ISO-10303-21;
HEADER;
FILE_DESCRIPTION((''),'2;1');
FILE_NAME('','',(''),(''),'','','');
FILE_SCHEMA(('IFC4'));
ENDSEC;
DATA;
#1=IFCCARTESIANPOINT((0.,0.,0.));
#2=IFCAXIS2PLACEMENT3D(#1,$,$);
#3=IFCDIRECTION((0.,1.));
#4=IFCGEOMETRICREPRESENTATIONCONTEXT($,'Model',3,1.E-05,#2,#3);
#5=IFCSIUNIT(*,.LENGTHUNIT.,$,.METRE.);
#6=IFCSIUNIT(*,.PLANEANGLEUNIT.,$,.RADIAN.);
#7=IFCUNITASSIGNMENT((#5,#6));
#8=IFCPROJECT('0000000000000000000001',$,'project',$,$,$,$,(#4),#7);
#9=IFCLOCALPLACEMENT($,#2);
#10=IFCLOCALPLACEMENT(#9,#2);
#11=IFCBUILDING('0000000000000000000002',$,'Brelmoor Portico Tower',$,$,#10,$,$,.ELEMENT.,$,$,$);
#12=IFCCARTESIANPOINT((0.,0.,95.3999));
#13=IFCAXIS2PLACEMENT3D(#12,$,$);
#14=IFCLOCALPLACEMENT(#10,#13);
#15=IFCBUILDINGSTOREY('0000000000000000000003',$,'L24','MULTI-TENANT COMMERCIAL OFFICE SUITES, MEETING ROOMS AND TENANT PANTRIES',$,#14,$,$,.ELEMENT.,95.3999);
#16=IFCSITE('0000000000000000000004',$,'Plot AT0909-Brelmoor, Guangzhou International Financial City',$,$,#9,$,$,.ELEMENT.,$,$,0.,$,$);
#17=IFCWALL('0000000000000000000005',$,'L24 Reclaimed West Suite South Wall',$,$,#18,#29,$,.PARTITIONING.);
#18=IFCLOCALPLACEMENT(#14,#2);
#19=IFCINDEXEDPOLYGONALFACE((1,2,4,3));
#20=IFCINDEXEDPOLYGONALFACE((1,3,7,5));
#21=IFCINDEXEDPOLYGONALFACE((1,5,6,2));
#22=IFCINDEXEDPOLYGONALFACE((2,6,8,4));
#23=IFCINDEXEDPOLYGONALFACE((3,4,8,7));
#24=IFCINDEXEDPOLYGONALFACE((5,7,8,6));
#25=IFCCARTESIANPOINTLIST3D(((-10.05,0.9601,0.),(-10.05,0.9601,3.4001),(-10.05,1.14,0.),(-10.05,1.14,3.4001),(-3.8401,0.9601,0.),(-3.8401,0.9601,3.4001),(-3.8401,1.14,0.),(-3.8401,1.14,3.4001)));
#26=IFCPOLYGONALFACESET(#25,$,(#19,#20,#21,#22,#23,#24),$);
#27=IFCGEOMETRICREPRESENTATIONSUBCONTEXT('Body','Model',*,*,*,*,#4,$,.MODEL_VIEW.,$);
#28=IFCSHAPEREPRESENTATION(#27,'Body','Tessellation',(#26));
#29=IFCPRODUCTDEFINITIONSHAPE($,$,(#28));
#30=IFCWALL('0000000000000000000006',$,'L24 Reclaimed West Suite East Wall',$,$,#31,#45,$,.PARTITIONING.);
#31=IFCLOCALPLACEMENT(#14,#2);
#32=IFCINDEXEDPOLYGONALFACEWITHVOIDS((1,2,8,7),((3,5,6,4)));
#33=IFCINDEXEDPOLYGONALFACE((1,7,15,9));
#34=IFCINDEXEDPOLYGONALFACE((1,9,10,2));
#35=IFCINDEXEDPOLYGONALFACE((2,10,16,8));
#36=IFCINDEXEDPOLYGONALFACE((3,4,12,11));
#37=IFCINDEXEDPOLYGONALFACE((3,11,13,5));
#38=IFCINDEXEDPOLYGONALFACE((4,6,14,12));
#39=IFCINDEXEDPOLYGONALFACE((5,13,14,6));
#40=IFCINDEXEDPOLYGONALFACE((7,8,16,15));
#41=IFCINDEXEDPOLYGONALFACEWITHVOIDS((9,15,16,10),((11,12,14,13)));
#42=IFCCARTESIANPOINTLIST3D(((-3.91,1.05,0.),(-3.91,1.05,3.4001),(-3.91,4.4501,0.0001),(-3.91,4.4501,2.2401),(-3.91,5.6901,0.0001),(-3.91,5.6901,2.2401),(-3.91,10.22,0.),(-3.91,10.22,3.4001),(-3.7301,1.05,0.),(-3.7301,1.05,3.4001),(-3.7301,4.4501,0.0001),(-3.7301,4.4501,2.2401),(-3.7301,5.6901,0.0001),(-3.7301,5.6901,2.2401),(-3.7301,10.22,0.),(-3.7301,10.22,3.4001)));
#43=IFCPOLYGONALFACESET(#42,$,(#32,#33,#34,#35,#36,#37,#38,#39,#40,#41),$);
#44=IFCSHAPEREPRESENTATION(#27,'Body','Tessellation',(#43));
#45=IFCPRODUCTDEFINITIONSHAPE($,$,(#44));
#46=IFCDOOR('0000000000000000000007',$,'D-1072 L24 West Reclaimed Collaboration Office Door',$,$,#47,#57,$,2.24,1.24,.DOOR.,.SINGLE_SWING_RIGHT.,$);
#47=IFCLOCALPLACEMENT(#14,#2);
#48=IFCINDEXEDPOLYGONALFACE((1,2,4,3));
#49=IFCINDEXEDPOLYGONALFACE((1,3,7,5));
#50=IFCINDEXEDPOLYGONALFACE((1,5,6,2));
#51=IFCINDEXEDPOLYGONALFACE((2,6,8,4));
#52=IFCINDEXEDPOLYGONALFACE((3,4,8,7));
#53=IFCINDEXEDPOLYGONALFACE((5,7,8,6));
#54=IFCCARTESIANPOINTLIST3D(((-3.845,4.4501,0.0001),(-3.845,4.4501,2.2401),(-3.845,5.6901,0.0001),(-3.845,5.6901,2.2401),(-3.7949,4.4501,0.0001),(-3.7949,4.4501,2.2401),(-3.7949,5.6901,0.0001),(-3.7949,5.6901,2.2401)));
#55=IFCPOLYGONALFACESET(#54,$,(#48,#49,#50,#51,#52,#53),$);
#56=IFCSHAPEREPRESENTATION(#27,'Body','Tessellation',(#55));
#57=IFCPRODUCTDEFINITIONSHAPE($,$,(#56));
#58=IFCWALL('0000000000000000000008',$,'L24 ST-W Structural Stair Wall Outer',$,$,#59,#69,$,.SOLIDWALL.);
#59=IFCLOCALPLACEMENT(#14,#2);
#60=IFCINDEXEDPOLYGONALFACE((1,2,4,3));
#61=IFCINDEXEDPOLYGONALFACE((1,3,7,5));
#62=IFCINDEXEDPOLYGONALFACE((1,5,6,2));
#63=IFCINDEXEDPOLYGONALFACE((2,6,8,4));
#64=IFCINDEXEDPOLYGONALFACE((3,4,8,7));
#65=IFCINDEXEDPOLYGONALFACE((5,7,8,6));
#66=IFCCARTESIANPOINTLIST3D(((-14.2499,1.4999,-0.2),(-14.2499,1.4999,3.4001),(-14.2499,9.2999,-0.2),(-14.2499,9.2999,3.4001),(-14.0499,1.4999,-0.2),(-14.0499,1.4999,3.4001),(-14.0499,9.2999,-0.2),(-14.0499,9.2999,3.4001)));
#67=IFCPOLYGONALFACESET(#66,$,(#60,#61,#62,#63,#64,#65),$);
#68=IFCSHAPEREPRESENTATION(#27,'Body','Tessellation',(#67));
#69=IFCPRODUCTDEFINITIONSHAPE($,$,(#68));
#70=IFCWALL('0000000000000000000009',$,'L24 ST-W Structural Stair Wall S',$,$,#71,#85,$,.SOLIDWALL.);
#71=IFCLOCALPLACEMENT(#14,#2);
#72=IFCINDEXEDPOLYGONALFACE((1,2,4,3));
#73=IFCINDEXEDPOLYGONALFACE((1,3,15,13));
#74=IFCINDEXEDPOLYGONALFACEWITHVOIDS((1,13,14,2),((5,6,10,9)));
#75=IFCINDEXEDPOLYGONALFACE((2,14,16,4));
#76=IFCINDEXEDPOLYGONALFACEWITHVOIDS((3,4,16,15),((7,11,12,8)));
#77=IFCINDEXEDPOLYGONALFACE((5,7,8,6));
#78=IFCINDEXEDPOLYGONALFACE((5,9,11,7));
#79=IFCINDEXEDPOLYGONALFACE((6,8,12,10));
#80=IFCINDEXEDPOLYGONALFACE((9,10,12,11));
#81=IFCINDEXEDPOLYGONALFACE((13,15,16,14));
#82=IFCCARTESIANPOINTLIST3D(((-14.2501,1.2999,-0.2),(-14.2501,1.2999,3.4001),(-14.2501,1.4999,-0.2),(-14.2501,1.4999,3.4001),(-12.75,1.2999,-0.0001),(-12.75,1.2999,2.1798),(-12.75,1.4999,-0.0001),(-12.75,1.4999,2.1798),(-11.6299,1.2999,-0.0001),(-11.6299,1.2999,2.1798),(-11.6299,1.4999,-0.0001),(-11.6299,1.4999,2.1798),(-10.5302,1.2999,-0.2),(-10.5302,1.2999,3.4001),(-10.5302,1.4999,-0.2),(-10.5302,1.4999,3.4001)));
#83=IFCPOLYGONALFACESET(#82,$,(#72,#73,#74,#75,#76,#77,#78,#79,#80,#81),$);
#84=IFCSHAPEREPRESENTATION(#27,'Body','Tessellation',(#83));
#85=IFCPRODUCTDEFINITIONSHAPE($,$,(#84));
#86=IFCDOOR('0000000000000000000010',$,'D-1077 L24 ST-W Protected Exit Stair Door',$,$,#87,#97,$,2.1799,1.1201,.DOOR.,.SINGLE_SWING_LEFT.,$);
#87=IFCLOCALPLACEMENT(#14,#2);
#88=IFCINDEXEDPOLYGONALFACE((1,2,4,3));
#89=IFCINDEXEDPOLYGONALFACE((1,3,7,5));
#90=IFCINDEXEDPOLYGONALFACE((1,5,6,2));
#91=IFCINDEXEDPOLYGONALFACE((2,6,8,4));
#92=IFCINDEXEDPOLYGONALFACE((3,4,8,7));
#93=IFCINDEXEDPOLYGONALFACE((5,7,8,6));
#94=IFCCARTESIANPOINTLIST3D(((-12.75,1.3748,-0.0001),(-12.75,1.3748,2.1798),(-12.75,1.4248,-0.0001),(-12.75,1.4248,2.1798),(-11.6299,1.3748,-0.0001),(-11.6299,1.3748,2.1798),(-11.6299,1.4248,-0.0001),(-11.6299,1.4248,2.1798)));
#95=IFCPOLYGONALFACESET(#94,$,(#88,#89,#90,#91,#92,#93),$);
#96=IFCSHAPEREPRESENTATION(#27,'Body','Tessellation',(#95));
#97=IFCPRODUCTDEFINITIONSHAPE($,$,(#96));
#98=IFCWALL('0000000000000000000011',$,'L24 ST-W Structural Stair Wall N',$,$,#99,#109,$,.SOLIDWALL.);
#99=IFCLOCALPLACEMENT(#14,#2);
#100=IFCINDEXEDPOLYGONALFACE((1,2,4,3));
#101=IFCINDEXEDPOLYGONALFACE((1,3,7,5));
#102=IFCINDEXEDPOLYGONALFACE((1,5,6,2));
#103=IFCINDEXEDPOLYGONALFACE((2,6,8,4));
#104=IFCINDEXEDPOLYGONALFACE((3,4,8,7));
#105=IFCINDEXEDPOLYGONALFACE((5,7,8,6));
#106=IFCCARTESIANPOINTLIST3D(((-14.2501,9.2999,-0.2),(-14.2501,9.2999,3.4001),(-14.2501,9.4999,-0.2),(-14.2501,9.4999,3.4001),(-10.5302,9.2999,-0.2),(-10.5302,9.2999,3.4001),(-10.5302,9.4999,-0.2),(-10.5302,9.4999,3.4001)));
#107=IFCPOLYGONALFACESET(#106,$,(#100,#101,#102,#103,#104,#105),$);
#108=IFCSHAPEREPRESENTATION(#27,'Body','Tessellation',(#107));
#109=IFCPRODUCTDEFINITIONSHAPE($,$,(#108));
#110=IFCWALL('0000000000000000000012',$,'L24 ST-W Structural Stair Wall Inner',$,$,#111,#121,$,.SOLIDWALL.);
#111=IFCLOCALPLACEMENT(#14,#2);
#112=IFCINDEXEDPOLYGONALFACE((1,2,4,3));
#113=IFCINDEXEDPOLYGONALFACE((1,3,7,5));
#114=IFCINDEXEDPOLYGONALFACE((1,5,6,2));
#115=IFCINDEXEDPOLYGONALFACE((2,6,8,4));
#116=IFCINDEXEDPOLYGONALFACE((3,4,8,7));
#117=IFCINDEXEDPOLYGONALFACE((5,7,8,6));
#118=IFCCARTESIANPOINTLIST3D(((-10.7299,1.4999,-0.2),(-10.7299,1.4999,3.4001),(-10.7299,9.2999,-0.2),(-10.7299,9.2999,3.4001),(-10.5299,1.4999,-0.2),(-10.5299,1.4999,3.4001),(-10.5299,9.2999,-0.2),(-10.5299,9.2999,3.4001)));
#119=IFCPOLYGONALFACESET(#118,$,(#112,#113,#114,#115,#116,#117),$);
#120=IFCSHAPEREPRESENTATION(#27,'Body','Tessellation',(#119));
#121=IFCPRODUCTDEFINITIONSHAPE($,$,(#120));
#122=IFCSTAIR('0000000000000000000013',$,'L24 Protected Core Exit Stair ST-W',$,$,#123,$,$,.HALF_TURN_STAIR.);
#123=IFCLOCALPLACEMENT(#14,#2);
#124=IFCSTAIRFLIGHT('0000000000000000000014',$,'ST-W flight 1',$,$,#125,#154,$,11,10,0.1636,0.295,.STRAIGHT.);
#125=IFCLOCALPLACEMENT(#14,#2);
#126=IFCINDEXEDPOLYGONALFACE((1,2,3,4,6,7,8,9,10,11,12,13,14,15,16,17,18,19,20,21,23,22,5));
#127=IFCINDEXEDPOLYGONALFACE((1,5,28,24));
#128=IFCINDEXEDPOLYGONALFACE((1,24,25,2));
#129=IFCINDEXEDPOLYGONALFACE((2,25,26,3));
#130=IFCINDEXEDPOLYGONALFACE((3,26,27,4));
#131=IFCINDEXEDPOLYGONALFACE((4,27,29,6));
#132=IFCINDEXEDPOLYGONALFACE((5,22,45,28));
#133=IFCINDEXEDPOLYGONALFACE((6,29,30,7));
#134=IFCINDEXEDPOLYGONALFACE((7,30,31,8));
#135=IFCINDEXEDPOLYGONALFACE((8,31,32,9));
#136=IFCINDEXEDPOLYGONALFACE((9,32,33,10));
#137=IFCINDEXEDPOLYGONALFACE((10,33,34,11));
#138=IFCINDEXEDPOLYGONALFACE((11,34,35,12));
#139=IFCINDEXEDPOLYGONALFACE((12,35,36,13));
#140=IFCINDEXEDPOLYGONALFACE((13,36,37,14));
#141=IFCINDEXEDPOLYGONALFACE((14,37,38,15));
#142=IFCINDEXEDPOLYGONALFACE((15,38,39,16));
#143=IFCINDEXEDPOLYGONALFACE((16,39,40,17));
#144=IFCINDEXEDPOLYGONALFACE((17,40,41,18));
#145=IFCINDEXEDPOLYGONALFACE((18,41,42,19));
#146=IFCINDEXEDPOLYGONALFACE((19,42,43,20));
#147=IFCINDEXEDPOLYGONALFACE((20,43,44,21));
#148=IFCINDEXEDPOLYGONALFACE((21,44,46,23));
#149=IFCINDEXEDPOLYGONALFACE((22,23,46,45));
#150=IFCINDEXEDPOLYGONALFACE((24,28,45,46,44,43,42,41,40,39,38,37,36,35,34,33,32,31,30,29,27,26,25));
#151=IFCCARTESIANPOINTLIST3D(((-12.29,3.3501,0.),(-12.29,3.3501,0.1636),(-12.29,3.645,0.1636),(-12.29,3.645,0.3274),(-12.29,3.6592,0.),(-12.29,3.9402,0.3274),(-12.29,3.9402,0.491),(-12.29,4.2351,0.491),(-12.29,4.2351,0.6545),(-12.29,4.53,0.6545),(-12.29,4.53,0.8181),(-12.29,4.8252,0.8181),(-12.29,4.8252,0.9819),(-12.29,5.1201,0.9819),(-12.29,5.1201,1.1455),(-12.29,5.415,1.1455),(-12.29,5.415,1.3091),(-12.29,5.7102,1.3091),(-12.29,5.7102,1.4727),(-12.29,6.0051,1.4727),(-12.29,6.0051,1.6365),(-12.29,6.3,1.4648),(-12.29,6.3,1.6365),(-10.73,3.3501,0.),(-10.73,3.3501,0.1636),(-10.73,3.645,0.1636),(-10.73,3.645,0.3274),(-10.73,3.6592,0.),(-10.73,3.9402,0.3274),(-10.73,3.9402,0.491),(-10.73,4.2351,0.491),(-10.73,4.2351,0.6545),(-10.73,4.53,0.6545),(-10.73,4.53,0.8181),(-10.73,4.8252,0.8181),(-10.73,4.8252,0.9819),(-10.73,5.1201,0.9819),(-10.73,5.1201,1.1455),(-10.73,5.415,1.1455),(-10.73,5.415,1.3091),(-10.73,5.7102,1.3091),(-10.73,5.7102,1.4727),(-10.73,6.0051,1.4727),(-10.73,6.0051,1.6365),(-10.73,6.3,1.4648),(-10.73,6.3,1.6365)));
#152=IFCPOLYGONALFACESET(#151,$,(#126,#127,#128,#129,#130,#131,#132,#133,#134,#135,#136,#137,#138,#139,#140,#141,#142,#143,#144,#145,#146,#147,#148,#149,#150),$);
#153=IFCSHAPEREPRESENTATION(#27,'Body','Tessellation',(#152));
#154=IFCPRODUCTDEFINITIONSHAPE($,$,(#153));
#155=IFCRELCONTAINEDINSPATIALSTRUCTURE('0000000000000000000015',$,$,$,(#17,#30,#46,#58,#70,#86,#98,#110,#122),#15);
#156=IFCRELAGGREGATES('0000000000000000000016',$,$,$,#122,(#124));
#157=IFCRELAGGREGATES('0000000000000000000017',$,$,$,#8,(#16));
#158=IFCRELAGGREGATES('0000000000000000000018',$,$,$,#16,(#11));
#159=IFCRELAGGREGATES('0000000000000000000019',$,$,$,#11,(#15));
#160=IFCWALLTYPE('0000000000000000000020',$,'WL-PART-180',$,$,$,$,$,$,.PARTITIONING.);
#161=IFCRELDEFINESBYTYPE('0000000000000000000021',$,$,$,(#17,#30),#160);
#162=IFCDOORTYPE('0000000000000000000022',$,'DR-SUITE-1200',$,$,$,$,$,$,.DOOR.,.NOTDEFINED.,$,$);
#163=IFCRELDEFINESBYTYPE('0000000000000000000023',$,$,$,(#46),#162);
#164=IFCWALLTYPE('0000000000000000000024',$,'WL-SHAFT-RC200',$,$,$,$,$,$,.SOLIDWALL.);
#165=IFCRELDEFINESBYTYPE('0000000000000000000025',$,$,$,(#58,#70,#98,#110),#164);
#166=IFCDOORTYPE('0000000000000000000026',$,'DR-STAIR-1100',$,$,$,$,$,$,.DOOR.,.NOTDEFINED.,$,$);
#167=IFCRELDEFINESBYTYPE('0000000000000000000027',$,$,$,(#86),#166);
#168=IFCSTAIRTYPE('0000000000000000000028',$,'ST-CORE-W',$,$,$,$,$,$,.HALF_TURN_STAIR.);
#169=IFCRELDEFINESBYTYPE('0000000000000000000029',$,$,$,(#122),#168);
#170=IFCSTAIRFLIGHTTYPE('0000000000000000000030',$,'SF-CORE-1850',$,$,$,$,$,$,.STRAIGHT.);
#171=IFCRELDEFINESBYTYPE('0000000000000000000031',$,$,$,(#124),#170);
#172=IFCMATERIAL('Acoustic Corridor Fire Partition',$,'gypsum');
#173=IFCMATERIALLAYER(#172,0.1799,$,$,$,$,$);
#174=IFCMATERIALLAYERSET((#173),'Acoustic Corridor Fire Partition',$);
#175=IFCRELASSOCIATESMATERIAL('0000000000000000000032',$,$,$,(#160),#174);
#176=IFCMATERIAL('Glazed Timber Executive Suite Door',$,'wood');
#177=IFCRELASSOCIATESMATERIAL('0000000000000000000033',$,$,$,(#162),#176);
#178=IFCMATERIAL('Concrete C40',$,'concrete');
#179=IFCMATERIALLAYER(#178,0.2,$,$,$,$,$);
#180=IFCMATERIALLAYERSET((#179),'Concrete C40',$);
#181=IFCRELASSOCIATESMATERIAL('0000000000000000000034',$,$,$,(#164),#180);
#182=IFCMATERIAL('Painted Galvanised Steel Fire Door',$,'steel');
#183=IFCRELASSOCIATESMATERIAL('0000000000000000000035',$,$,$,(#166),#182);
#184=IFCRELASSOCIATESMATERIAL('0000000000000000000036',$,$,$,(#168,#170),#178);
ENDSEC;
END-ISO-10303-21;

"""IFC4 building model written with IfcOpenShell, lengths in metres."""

from ifc_helpers import new_model, si_unit, direction, frame, frame_2d, origin, place, context, subcontext, project, spatial, polyline, rectangle, outline, extrude, material, layer, layer_set, type_object, element, fill, aggregate, save


model = new_model("IFC4")

# Units and contexts
model_context = context("Model", 3, precision=1e-05, world=origin(), true_north=direction((0.0, 1.0)))
body_context = subcontext(model_context, "Body", "Model", "MODEL_VIEW")
ifc_project = project(units=[si_unit("LENGTHUNIT", "METRE"), si_unit("PLANEANGLEUNIT", "RADIAN")], contexts=[model_context])

# Site, building, storey
site_placement = place(None, origin())
site = spatial("IfcSite", under=ifc_project, at=site_placement, Name="Plot AT0909-Brelmoor, Guangzhou International Financial City", CompositionType="ELEMENT", RefElevation=0.0)
building_placement = place(site_placement, origin())
building = spatial("IfcBuilding", under=site, at=building_placement, Name="Brelmoor Portico Tower", CompositionType="ELEMENT")
storey_placement = place(building_placement, frame((0.0, 0.0, 95.3999)))
storey = spatial("IfcBuildingStorey", under=building, at=storey_placement, Name="L24", Description="MULTI-TENANT COMMERCIAL OFFICE SUITES, MEETING ROOMS AND TENANT PANTRIES", CompositionType="ELEMENT", Elevation=95.3999)

# Shared definitions
ifc_material_1 = material(Name="Concrete C40", Category="concrete")

# Wall
ifc_material_2 = material(Name="Acoustic Corridor Fire Partition", Category="gypsum")
ifc_layer_1 = layer(ifc_material_2, 0.1799)
ifc_layer_set_1 = layer_set([ifc_layer_1], Name="Acoustic Corridor Fire Partition")
wall_type_1 = type_object("IfcWallType", Name="WL-PART-180", PredefinedType="PARTITIONING", material=ifc_layer_set_1)
wall_1_placement = place(storey_placement, frame((-10.05, 1.05, 0.0), z_axis=(0.0, 0.0, 1.0), x_axis=(1.0, 0.0, 0.0)))
element("IfcWall", 1, at=wall_1_placement, inside=storey, type_object=wall_type_1, Name="L24 Reclaimed West Suite South Wall", PredefinedType="PARTITIONING", context=body_context, shape_type="SweptSolid", body=[
    extrude(rectangle(XDim=6.21, YDim=0.1799, at=frame_2d((3.105, 0.0))), origin(), (0.0, 0.0, 1.0), 3.4001),
])

# Wall, opening, door
wall_2_placement = place(storey_placement, frame((-3.8201, 1.05, 0.0), z_axis=(0.0, 0.0, 1.0), x_axis=(0.0, 1.0, 0.0)))
wall_2 = element("IfcWall", 2, at=wall_2_placement, inside=storey, type_object=wall_type_1, Name="L24 Reclaimed West Suite East Wall", PredefinedType="PARTITIONING", context=body_context, shape_type="SweptSolid", body=[
    extrude(rectangle(XDim=9.1699, YDim=0.1799, at=frame_2d((4.585, 0.0))), origin(), (0.0, 0.0, 1.0), 3.4001),
])
opening_1_placement = place(wall_2_placement, frame((3.3999, 0.0, 0.0)))
opening_1 = element("IfcOpeningElement", 3, at=opening_1_placement, cuts=wall_2, PredefinedType="OPENING", context=body_context, shape_type="SweptSolid", body=[
    extrude(rectangle(XDim=1.24, YDim=2.24, at=frame_2d((0.6201, 1.1201))), frame((0.0, 0.0999, 0.0), z_axis=(0.0, -1.0, 0.0), x_axis=(1.0, 0.0, 0.0)), (0.0, 0.0, 1.0), 0.2),
])
ifc_material_3 = material(Name="Glazed Timber Executive Suite Door", Category="wood")
door_type_1 = type_object("IfcDoorType", Name="DR-SUITE-1200", OperationType="NOTDEFINED", PredefinedType="DOOR", material=ifc_material_3)
door_1_placement = place(opening_1_placement, origin())
door_1 = element("IfcDoor", 4, at=door_1_placement, inside=storey, type_object=door_type_1, Name="D-1072 L24 West Reclaimed Collaboration Office Door", OperationType="SINGLE_SWING_RIGHT", OverallHeight=2.24, OverallWidth=1.24, PredefinedType="DOOR", context=body_context, shape_type="SweptSolid", body=[
    extrude(rectangle(XDim=1.24, YDim=2.24, at=frame_2d((0.6201, 1.1201))), frame((0.0, 0.0249, 0.0), z_axis=(0.0, -1.0, 0.0), x_axis=(1.0, 0.0, 0.0)), (0.0, 0.0, 1.0), 0.05),
])
fill(opening_1, door_1)

# Wall
ifc_layer_2 = layer(ifc_material_1, 0.2)
ifc_layer_set_2 = layer_set([ifc_layer_2], Name="Concrete C40")
wall_type_2 = type_object("IfcWallType", Name="WL-SHAFT-RC200", PredefinedType="SOLIDWALL", material=ifc_layer_set_2)
wall_3_placement = place(storey_placement, frame((-14.1499, 1.5, -0.2), z_axis=(0.0, 0.0, 1.0), x_axis=(0.0, 1.0, 0.0)))
element("IfcWall", 5, at=wall_3_placement, inside=storey, type_object=wall_type_2, Name="L24 ST-W Structural Stair Wall Outer", PredefinedType="SOLIDWALL", context=body_context, shape_type="SweptSolid", body=[
    extrude(rectangle(XDim=7.8, YDim=0.2, at=frame_2d((3.8999, 0.0))), origin(), (0.0, 0.0, 1.0), 3.6001),
])

# Wall, opening, door
wall_4_placement = place(storey_placement, frame((-14.25, 1.3999, -0.2), z_axis=(0.0, 0.0, 1.0), x_axis=(1.0, 0.0, 0.0)))
wall_4 = element("IfcWall", 6, at=wall_4_placement, inside=storey, type_object=wall_type_2, Name="L24 ST-W Structural Stair Wall S", PredefinedType="SOLIDWALL", context=body_context, shape_type="SweptSolid", body=[
    extrude(rectangle(XDim=3.72, YDim=0.2, at=frame_2d((1.8599, 0.0))), origin(), (0.0, 0.0, 1.0), 3.6001),
])
opening_2_placement = place(wall_4_placement, frame((1.5, 0.0, 0.2)))
opening_2 = element("IfcOpeningElement", 7, at=opening_2_placement, cuts=wall_4, PredefinedType="OPENING", context=body_context, shape_type="SweptSolid", body=[
    extrude(rectangle(XDim=1.1201, YDim=2.1799, at=frame_2d((0.5601, 1.0898))), frame((0.0, 0.1099, 0.0), z_axis=(0.0, -1.0, 0.0), x_axis=(1.0, 0.0, 0.0)), (0.0, 0.0, 1.0), 0.22),
])
ifc_material_4 = material(Name="Painted Galvanised Steel Fire Door", Category="steel")
door_type_2 = type_object("IfcDoorType", Name="DR-STAIR-1100", OperationType="NOTDEFINED", PredefinedType="DOOR", material=ifc_material_4)
door_2_placement = place(opening_2_placement, origin())
door_2 = element("IfcDoor", 8, at=door_2_placement, inside=storey, type_object=door_type_2, Name="D-1077 L24 ST-W Protected Exit Stair Door", OperationType="SINGLE_SWING_LEFT", OverallHeight=2.1799, OverallWidth=1.1201, PredefinedType="DOOR", context=body_context, shape_type="SweptSolid", body=[
    extrude(rectangle(XDim=1.1201, YDim=2.1799, at=frame_2d((0.5601, 1.0898))), frame((0.0, 0.0249, 0.0), z_axis=(0.0, -1.0, 0.0), x_axis=(1.0, 0.0, 0.0)), (0.0, 0.0, 1.0), 0.05),
])
fill(opening_2, door_2)

# Walls
wall_5_placement = place(storey_placement, frame((-14.25, 9.3999, -0.2), z_axis=(0.0, 0.0, 1.0), x_axis=(1.0, 0.0, 0.0)))
element("IfcWall", 9, at=wall_5_placement, inside=storey, type_object=wall_type_2, Name="L24 ST-W Structural Stair Wall N", PredefinedType="SOLIDWALL", context=body_context, shape_type="SweptSolid", body=[
    extrude(rectangle(XDim=3.72, YDim=0.2, at=frame_2d((1.8599, 0.0))), origin(), (0.0, 0.0, 1.0), 3.6001),
])
wall_6_placement = place(storey_placement, frame((-10.6299, 1.5, -0.2), z_axis=(0.0, 0.0, 1.0), x_axis=(0.0, 1.0, 0.0)))
element("IfcWall", 10, at=wall_6_placement, inside=storey, type_object=wall_type_2, Name="L24 ST-W Structural Stair Wall Inner", PredefinedType="SOLIDWALL", context=body_context, shape_type="SweptSolid", body=[
    extrude(rectangle(XDim=7.8, YDim=0.2, at=frame_2d((3.8999, 0.0))), origin(), (0.0, 0.0, 1.0), 3.6001),
])

# Stair, stair flight
stair_type = type_object("IfcStairType", Name="ST-CORE-W", PredefinedType="HALF_TURN_STAIR", material=ifc_material_1)
stair_placement = place(storey_placement, origin())
stair = element("IfcStair", 11, at=stair_placement, inside=storey, type_object=stair_type, Name="L24 Protected Core Exit Stair ST-W", PredefinedType="HALF_TURN_STAIR")
stair_flight_type = type_object("IfcStairFlightType", Name="SF-CORE-1850", PredefinedType="STRAIGHT", material=ifc_material_1)
stair_flight_1_placement = place(storey_placement, frame((-11.51, 3.3501, 0.0), z_axis=(0.0, 0.0, 1.0), x_axis=(0.0, 1.0, 0.0)))
stair_flight_1 = element("IfcStairFlight", 12, at=stair_flight_1_placement, type_object=stair_flight_type, Name="ST-W flight 1", NumberOfRisers=11, NumberOfTreads=10, PredefinedType="STRAIGHT", RiserHeight=0.1636, TreadLength=0.295, context=body_context, shape_type="SweptSolid", body=[
    extrude(outline(polyline([(0.0, 0.0), (0.0, 0.1636), (0.2949, 0.1636), (0.2949, 0.3274), (0.5901, 0.3274), (0.5901, 0.491), (0.885, 0.491), (0.885, 0.6545), (1.1799, 0.6545), (1.1799, 0.8181), (1.4751, 0.8181), (1.4751, 0.9819), (1.77, 0.9819), (1.77, 1.1455), (2.0649, 1.1455), (2.0649, 1.3091), (2.3601, 1.3091), (2.3601, 1.4727), (2.655, 1.4727), (2.655, 1.6365), (2.95, 1.6365), (2.95, 1.8), (2.95, 1.4648), (0.3091, 0.0), (0.0, 0.0)])), frame((0.0, 0.78, 0.0), z_axis=(0.0, -1.0, 0.0), x_axis=(1.0, 0.0, 0.0)), (0.0, 0.0, 1.0), 1.5601),
])
aggregate(stair, [stair_flight_1])

save(model, "model.ifc")
